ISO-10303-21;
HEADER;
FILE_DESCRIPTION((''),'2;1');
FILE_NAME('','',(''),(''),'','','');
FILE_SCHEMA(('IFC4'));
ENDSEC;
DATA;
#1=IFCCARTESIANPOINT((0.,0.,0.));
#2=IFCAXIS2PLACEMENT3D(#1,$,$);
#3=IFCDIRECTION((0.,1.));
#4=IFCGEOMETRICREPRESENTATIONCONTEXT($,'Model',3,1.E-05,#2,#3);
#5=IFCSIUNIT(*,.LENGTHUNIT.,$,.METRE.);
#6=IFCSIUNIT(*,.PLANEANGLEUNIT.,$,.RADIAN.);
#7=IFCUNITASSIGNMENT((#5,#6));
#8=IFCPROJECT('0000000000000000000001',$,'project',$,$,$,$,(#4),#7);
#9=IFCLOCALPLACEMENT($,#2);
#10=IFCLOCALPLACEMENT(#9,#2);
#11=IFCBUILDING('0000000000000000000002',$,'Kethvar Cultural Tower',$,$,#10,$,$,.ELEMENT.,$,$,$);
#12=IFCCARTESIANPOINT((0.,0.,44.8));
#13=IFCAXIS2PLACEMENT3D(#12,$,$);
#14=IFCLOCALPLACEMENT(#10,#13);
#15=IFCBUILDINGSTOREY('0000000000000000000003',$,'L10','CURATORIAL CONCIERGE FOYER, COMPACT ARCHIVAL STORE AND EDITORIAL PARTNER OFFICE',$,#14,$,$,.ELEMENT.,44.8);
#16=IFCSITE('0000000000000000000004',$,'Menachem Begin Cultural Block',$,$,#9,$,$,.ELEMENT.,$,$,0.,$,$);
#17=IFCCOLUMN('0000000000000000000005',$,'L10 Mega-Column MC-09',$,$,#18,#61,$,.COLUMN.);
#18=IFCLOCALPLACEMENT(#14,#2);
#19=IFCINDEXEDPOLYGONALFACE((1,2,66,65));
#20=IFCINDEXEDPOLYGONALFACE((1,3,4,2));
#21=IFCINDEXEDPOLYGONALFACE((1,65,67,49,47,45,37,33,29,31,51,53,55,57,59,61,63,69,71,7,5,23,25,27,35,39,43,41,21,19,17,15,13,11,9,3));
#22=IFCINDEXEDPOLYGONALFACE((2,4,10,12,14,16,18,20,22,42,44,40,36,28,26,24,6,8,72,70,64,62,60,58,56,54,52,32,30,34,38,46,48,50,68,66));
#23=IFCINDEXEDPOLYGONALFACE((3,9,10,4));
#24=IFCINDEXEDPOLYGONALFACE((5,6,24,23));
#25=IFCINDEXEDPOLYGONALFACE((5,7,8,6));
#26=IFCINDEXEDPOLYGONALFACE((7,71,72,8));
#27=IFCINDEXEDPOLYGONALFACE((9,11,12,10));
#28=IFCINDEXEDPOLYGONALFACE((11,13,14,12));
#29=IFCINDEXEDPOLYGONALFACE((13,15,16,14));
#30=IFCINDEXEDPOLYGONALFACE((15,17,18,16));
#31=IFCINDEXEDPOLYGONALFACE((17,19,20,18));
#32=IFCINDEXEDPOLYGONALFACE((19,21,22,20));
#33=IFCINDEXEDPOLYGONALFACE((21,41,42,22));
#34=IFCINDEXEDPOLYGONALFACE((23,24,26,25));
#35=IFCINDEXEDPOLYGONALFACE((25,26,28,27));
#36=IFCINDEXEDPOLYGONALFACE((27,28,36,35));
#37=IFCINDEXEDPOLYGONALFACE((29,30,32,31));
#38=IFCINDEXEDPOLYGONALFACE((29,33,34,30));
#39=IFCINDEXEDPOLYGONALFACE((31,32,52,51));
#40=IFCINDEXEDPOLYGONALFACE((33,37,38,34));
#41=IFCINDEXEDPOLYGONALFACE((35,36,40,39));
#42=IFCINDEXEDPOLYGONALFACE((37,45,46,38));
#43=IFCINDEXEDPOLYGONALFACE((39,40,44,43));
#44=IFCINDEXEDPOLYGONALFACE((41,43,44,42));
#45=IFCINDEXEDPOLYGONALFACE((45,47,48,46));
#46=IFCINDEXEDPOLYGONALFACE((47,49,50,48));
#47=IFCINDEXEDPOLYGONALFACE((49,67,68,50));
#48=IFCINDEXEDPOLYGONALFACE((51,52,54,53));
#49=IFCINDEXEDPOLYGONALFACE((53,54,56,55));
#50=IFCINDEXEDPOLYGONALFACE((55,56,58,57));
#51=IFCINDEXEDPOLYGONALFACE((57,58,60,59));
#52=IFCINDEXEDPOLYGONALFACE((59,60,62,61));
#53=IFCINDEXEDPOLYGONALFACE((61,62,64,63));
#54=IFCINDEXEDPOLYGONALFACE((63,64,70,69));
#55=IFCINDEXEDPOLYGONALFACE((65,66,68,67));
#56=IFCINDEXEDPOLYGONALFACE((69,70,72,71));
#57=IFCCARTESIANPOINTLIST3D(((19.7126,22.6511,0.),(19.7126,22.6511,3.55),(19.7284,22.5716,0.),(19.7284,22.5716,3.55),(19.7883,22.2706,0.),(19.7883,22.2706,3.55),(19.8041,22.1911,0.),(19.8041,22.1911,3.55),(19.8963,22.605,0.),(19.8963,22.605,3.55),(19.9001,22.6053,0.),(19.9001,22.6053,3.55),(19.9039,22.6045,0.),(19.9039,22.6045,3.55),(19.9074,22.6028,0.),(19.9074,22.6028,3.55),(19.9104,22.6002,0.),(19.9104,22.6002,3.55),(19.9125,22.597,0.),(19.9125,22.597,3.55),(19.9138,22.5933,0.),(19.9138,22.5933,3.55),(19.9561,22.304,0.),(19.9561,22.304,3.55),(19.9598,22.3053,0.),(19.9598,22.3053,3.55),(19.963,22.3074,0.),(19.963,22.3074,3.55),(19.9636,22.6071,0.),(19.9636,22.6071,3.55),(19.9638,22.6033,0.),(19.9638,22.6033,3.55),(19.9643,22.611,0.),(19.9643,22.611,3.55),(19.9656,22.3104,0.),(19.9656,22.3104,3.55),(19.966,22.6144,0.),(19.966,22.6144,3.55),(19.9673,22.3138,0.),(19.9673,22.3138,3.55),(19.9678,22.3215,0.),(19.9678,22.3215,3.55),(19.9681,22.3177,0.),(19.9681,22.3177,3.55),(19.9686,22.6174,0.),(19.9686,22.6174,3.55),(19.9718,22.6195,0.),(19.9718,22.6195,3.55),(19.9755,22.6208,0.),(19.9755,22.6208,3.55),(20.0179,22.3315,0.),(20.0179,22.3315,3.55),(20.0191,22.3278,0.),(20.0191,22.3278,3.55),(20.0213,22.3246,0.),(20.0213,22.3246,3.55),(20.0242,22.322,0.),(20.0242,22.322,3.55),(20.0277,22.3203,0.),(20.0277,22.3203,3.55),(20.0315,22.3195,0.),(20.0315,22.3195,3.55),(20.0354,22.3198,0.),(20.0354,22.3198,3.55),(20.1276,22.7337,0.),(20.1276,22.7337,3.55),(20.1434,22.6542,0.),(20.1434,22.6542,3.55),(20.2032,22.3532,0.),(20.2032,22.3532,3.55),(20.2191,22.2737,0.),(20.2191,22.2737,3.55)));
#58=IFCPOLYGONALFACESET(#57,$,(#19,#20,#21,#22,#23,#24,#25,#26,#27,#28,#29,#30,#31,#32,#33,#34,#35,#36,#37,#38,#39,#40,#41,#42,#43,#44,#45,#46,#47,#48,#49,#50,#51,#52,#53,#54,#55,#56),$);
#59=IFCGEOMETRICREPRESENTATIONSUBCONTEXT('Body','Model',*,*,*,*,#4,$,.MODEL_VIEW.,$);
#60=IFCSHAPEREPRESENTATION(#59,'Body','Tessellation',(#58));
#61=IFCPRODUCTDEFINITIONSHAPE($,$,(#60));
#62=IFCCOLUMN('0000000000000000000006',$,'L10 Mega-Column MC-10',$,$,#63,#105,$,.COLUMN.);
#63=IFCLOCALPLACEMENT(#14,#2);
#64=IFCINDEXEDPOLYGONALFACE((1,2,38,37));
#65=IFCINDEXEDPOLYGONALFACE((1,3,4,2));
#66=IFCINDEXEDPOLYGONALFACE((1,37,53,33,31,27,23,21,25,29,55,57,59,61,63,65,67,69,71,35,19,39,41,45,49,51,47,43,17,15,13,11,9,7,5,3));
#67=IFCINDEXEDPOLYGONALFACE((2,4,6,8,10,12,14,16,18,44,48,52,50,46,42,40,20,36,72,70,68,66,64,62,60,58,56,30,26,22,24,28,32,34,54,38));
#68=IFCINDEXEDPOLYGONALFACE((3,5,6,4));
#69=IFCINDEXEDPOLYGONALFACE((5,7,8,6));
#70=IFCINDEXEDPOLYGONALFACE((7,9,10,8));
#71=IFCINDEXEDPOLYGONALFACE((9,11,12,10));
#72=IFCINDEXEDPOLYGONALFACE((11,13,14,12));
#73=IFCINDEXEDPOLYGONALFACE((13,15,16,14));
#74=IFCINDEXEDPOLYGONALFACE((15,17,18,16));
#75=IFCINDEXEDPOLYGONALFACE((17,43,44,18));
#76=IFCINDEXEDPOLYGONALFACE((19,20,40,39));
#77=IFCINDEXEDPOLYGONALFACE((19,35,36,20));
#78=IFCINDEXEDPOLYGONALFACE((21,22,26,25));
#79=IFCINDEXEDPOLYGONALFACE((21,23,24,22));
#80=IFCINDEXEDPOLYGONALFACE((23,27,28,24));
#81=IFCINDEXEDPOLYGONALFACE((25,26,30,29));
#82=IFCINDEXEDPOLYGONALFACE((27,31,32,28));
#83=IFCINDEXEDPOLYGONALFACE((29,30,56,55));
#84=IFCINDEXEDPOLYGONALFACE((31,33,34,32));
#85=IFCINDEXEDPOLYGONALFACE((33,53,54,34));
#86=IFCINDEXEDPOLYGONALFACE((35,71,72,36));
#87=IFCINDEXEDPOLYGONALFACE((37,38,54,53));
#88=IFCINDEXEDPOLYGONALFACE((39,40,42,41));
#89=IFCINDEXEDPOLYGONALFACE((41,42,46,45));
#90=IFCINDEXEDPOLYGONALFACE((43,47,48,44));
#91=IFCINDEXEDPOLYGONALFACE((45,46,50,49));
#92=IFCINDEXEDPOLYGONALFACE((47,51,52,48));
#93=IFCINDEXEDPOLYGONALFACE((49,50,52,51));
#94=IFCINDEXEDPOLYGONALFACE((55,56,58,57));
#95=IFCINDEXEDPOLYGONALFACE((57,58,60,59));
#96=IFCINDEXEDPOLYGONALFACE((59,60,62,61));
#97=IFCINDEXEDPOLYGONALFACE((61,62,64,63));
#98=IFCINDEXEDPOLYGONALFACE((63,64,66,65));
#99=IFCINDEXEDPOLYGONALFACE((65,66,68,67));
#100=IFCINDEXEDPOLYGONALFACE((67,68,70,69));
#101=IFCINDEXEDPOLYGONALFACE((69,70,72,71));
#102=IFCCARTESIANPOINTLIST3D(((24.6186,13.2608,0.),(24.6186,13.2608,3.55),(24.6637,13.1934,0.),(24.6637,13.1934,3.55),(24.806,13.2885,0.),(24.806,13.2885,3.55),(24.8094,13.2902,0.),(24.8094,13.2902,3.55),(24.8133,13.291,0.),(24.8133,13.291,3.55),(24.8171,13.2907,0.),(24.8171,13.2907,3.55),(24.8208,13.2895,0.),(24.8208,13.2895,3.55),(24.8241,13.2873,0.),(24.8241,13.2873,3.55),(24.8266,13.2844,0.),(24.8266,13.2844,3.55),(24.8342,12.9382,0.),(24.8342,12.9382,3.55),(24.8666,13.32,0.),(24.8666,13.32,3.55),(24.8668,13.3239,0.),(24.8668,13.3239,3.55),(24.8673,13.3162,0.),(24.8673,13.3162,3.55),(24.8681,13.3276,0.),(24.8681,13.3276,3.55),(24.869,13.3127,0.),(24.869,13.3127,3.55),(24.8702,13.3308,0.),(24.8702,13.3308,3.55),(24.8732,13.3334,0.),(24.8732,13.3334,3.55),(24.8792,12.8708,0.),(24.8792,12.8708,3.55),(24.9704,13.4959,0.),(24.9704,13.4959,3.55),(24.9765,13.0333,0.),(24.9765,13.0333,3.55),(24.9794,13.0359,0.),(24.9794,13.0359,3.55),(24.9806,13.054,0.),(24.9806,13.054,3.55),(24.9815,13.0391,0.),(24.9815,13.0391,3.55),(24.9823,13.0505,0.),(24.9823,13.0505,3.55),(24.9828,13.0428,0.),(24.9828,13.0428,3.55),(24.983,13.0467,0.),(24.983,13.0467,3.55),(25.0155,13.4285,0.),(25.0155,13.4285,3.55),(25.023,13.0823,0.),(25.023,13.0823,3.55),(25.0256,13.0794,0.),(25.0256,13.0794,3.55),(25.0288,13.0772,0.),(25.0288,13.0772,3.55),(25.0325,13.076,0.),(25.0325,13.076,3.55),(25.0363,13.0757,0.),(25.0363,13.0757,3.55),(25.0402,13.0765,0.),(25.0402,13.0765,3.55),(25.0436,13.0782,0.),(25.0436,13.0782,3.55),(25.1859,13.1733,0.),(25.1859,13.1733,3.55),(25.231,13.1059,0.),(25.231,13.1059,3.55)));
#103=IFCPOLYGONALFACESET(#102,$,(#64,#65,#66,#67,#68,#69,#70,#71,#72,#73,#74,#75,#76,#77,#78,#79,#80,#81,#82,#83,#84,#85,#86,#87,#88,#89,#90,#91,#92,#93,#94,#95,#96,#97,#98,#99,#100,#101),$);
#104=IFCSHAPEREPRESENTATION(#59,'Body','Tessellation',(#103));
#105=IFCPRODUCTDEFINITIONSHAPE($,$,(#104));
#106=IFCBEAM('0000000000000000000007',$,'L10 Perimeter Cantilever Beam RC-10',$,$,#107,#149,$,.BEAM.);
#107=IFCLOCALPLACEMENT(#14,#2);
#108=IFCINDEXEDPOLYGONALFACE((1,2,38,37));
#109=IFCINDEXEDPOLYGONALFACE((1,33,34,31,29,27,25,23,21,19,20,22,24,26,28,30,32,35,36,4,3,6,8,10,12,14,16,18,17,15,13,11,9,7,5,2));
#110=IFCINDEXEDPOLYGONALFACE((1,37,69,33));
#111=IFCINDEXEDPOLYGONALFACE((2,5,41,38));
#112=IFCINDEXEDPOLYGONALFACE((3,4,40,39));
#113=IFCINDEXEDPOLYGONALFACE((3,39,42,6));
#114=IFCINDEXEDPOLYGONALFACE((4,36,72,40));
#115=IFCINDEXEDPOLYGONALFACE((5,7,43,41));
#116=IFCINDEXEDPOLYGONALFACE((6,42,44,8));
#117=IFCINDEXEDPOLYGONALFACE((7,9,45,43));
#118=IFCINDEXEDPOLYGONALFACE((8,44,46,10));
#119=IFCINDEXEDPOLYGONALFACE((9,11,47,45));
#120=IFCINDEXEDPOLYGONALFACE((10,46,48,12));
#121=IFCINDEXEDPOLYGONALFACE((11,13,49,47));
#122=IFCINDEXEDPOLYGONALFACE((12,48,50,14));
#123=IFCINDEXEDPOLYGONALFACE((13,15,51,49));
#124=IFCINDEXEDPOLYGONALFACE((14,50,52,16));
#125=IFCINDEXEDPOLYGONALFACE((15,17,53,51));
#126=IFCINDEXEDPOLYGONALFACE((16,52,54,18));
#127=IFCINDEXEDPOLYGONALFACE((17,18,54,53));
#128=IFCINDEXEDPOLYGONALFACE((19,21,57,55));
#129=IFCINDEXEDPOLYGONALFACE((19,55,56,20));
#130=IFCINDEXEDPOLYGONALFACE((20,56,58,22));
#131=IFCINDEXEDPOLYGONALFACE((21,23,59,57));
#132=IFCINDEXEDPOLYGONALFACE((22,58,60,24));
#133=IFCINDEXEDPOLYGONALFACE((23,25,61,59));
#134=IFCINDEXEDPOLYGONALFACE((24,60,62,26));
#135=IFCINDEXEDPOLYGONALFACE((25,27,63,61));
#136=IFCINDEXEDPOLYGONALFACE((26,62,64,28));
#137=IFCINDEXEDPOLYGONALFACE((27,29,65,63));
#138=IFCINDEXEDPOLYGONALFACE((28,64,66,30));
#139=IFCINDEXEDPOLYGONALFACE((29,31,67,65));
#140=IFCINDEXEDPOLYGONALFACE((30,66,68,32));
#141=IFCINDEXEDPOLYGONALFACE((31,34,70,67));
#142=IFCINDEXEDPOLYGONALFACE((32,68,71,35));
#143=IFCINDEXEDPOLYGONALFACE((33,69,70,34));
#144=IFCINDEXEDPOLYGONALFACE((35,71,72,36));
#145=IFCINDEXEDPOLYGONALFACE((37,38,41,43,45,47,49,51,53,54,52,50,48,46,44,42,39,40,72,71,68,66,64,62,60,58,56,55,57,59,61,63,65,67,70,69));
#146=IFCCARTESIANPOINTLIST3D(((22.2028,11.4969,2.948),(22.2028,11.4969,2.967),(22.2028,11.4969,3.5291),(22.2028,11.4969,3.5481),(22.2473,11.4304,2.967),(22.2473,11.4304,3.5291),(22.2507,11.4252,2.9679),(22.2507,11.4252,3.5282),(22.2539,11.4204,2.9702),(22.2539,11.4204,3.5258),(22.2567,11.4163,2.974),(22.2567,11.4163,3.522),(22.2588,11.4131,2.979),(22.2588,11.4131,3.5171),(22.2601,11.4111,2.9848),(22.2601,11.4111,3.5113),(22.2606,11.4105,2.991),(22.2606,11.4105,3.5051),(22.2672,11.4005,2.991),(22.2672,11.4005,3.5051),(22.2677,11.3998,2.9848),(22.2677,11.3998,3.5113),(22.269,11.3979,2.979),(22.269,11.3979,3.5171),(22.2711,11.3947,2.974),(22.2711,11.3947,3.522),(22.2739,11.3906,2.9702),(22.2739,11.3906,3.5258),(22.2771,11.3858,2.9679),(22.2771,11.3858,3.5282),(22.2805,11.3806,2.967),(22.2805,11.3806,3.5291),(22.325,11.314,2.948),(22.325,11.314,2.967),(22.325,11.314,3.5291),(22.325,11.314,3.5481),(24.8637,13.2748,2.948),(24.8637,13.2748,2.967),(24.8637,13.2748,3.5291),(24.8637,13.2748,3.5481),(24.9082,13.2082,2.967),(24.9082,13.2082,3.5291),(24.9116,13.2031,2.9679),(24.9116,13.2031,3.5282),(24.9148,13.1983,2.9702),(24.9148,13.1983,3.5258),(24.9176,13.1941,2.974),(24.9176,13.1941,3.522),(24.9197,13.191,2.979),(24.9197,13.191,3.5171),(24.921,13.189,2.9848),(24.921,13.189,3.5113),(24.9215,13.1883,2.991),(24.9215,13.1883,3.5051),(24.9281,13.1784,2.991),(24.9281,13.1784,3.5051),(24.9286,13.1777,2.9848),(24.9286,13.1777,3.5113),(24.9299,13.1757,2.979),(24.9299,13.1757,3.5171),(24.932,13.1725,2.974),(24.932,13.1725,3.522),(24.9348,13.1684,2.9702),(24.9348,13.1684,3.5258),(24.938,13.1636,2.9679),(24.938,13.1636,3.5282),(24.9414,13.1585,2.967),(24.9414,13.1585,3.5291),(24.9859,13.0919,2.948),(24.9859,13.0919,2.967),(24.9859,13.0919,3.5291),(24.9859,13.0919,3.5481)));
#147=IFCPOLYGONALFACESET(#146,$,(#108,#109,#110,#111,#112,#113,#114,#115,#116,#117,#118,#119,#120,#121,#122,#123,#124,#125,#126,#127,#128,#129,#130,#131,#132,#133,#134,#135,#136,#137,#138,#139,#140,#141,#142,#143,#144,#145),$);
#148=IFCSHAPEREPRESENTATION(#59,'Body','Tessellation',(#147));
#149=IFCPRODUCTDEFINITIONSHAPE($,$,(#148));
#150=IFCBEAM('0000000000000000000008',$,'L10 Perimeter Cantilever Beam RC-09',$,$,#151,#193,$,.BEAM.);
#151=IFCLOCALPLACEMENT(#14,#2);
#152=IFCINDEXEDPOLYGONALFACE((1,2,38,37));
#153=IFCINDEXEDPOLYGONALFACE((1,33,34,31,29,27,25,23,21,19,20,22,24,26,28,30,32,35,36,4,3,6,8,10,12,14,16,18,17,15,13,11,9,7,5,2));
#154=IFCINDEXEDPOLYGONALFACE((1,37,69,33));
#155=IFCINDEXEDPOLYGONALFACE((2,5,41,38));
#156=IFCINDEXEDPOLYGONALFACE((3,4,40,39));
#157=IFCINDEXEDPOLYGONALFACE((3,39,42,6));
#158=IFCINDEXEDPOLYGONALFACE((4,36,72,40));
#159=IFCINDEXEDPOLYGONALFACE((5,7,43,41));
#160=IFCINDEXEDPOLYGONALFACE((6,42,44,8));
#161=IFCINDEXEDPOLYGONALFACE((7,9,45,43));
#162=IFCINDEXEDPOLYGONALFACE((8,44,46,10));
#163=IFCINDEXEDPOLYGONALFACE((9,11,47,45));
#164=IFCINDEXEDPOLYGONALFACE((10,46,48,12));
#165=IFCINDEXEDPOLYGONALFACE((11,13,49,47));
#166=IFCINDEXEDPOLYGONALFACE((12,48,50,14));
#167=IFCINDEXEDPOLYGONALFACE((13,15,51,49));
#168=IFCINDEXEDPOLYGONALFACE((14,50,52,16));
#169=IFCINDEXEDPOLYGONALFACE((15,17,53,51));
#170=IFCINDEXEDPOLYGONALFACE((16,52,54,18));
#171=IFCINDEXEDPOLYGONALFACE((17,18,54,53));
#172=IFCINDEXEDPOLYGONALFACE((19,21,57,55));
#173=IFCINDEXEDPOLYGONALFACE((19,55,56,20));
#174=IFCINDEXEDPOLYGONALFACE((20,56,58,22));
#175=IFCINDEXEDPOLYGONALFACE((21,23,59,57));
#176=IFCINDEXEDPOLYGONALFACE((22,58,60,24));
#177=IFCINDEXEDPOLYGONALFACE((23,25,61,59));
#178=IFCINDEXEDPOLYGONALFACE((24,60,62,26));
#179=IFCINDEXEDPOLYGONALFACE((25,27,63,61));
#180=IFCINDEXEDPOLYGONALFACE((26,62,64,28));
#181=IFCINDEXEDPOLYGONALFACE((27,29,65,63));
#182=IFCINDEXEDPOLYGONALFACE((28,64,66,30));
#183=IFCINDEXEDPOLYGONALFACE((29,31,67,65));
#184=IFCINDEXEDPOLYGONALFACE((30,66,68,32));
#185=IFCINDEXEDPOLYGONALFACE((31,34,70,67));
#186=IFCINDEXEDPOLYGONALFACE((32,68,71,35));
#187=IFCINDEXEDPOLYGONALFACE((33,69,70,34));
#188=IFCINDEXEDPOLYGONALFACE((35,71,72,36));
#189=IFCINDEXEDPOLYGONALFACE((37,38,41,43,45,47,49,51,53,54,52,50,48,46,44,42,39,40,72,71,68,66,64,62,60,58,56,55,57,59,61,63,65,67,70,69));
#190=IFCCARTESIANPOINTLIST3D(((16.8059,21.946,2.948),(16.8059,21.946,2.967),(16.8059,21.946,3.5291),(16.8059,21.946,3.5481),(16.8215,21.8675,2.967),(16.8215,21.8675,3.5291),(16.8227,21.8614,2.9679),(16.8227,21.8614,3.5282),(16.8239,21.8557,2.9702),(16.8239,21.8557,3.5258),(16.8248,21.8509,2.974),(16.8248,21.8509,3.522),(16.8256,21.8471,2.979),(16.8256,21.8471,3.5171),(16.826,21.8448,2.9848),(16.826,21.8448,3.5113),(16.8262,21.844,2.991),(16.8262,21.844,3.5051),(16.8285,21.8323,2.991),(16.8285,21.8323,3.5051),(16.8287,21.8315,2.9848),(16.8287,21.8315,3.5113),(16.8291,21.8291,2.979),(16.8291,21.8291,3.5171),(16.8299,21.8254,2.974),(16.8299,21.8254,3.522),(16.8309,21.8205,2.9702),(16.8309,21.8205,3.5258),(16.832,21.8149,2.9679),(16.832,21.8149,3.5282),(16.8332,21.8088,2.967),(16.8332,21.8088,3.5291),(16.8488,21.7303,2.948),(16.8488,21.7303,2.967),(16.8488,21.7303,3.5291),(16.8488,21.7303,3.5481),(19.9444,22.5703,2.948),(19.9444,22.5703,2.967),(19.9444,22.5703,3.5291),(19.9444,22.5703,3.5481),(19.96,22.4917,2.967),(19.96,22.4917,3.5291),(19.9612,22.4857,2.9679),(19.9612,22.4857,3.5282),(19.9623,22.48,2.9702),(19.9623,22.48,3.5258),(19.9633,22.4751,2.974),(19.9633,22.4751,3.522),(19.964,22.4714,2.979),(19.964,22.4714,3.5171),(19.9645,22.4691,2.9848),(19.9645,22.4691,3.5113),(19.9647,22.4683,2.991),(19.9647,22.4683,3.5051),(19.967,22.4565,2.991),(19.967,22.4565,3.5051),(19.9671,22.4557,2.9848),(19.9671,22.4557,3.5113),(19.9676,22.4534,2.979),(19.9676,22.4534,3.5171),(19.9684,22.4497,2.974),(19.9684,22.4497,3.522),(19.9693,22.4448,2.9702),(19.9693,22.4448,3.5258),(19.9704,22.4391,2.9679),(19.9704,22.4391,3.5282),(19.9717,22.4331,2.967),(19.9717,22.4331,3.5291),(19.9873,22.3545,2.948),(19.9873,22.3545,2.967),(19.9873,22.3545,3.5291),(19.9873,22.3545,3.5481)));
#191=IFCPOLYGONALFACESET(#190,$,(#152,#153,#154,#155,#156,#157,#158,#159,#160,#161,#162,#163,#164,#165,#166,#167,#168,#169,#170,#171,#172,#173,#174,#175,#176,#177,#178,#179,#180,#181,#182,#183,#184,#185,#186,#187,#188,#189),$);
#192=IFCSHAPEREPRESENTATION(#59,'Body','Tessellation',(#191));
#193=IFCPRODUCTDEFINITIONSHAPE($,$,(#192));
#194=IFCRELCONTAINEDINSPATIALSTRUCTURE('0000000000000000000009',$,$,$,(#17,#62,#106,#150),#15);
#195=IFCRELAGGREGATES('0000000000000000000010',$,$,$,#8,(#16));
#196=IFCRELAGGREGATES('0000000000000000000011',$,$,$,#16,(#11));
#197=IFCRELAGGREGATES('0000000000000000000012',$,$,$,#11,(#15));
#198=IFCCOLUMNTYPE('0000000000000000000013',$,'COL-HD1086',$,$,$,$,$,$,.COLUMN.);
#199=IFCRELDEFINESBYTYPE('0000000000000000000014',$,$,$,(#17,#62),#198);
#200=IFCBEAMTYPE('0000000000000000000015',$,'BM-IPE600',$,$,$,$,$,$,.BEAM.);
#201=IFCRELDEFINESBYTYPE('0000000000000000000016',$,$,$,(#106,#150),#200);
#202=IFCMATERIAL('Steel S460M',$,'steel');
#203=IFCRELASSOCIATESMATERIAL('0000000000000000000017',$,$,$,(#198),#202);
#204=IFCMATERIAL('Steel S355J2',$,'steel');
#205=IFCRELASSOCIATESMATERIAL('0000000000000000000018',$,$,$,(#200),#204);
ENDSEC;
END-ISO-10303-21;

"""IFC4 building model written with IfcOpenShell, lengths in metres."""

from ifc_helpers import new_model, si_unit, direction, frame, origin, origin_2d, place, context, subcontext, project, spatial, i_section, extrude, source, transform, mapped, material, material_profile, profile_set, type_object, element, save


model = new_model("IFC4")

# Units and contexts
model_context = context("Model", 3, precision=1e-05, world=origin(), true_north=direction((0.0, 1.0)))
body_context = subcontext(model_context, "Body", "Model", "MODEL_VIEW")
ifc_project = project(units=[si_unit("LENGTHUNIT", "METRE"), si_unit("PLANEANGLEUNIT", "RADIAN")], contexts=[model_context])

# Site, building, storey
site_placement = place(None, origin())
site = spatial("IfcSite", under=ifc_project, at=site_placement, Name="Menachem Begin Cultural Block", CompositionType="ELEMENT", RefElevation=0.0)
building_placement = place(site_placement, origin())
building = spatial("IfcBuilding", under=site, at=building_placement, Name="Kethvar Cultural Tower", CompositionType="ELEMENT")
storey_placement = place(building_placement, frame((0.0, 0.0, 44.8)))
storey = spatial("IfcBuildingStorey", under=building, at=storey_placement, Name="L10", Description="CURATORIAL CONCIERGE FOYER, COMPACT ARCHIVAL STORE AND EDITORIAL PARTNER OFFICE", CompositionType="ELEMENT", Elevation=44.8)

# Columns
ifc_material_1 = material(Name="Steel S460M", Category="steel")
ifc_material_profile_1 = material_profile(ifc_material_1, i_section(OverallWidth=0.4231, OverallDepth=0.469, WebThickness=0.051, FlangeThickness=0.0811, FilletRadius=0.0149, at=origin_2d()), Name="Steel S460M — HD400x1086")
ifc_profile_set_1 = profile_set([ifc_material_profile_1], Name="Steel S460M — HD400x1086")
column_type = type_object("IfcColumnType", Name="COL-HD1086", PredefinedType="COLUMN", material=ifc_profile_set_1)
shared_shape_1 = source(origin(), body_context, "Body", "SweptSolid", [
    extrude(i_section(OverallWidth=0.4231, OverallDepth=0.469, WebThickness=0.051, FlangeThickness=0.0811, FilletRadius=0.0149, at=origin_2d()), origin(), (0.0, 0.0, 1.0), 3.55),
])
for number, where, z_axis, x_axis, name in (
    (1, (19.9658, 22.4624, 0.0), (0.0, 0.0, 1.0), (-0.980785, -0.19509, 0.0), "L10 Mega-Column MC-09"),
    (2, (24.9248, 13.1833, 0.0), (0.0, 0.0, 1.0), (-0.83147, -0.55557, 0.0), "L10 Mega-Column MC-10"),
):
    element("IfcColumn", number, at=place(storey_placement, frame(where, z_axis=z_axis, x_axis=x_axis)), inside=storey, type_object=column_type, Name=name, PredefinedType="COLUMN", context=body_context, shape_type="MappedRepresentation", body=[
        mapped(shared_shape_1, transform((0.0, 0.0, 0.0), scale=1.0)),
    ])

# Beams
ifc_material_2 = material(Name="Steel S355J2", Category="steel")
ifc_material_profile_2 = material_profile(ifc_material_2, i_section(OverallWidth=0.22, OverallDepth=0.6001, WebThickness=0.012, FlangeThickness=0.019, FilletRadius=0.0239, at=origin_2d()), Name="Steel S355J2 — IPE600")
ifc_profile_set_2 = profile_set([ifc_material_profile_2], Name="Steel S355J2 — IPE600")
beam_type_1 = type_object("IfcBeamType", Name="BM-IPE600", PredefinedType="BEAM", material=ifc_profile_set_2)
shared_shape_2 = source(origin(), body_context, "Body", "SweptSolid", [
    extrude(i_section(OverallWidth=0.22, OverallDepth=0.6001, WebThickness=0.012, FlangeThickness=0.019, FilletRadius=0.0239, at=origin_2d()), origin(), (0.0, 0.0, 1.0), 3.2002),
])
beam_1_placement = place(storey_placement, frame((24.9248, 13.1833, 3.248), z_axis=(-0.831486, -0.555545, 0.0), x_axis=(0.555545, -0.831486, 0.0)))
element("IfcBeam", 3, at=beam_1_placement, inside=storey, type_object=beam_type_1, Name="L10 Perimeter Cantilever Beam RC-10", PredefinedType="BEAM", context=body_context, shape_type="MappedRepresentation", body=[
    mapped(shared_shape_2, transform((0.0, 0.0, 0.0), scale=1.0)),
])
shared_shape_3 = source(origin(), body_context, "Body", "SweptSolid", [
    extrude(i_section(OverallWidth=0.22, OverallDepth=0.6001, WebThickness=0.012, FlangeThickness=0.019, FilletRadius=0.0239, at=origin_2d()), origin(), (0.0, 0.0, 1.0), 3.2),
])
beam_2_placement = place(storey_placement, frame((19.9658, 22.4624, 3.248), z_axis=(-0.980786, -0.195089, 0.0), x_axis=(0.195089, -0.980786, 0.0)))
element("IfcBeam", 4, at=beam_2_placement, inside=storey, type_object=beam_type_1, Name="L10 Perimeter Cantilever Beam RC-09", PredefinedType="BEAM", context=body_context, shape_type="MappedRepresentation", body=[
    mapped(shared_shape_3, transform((0.0, 0.0, 0.0), scale=1.0)),
])

save(model, "model.ifc")
